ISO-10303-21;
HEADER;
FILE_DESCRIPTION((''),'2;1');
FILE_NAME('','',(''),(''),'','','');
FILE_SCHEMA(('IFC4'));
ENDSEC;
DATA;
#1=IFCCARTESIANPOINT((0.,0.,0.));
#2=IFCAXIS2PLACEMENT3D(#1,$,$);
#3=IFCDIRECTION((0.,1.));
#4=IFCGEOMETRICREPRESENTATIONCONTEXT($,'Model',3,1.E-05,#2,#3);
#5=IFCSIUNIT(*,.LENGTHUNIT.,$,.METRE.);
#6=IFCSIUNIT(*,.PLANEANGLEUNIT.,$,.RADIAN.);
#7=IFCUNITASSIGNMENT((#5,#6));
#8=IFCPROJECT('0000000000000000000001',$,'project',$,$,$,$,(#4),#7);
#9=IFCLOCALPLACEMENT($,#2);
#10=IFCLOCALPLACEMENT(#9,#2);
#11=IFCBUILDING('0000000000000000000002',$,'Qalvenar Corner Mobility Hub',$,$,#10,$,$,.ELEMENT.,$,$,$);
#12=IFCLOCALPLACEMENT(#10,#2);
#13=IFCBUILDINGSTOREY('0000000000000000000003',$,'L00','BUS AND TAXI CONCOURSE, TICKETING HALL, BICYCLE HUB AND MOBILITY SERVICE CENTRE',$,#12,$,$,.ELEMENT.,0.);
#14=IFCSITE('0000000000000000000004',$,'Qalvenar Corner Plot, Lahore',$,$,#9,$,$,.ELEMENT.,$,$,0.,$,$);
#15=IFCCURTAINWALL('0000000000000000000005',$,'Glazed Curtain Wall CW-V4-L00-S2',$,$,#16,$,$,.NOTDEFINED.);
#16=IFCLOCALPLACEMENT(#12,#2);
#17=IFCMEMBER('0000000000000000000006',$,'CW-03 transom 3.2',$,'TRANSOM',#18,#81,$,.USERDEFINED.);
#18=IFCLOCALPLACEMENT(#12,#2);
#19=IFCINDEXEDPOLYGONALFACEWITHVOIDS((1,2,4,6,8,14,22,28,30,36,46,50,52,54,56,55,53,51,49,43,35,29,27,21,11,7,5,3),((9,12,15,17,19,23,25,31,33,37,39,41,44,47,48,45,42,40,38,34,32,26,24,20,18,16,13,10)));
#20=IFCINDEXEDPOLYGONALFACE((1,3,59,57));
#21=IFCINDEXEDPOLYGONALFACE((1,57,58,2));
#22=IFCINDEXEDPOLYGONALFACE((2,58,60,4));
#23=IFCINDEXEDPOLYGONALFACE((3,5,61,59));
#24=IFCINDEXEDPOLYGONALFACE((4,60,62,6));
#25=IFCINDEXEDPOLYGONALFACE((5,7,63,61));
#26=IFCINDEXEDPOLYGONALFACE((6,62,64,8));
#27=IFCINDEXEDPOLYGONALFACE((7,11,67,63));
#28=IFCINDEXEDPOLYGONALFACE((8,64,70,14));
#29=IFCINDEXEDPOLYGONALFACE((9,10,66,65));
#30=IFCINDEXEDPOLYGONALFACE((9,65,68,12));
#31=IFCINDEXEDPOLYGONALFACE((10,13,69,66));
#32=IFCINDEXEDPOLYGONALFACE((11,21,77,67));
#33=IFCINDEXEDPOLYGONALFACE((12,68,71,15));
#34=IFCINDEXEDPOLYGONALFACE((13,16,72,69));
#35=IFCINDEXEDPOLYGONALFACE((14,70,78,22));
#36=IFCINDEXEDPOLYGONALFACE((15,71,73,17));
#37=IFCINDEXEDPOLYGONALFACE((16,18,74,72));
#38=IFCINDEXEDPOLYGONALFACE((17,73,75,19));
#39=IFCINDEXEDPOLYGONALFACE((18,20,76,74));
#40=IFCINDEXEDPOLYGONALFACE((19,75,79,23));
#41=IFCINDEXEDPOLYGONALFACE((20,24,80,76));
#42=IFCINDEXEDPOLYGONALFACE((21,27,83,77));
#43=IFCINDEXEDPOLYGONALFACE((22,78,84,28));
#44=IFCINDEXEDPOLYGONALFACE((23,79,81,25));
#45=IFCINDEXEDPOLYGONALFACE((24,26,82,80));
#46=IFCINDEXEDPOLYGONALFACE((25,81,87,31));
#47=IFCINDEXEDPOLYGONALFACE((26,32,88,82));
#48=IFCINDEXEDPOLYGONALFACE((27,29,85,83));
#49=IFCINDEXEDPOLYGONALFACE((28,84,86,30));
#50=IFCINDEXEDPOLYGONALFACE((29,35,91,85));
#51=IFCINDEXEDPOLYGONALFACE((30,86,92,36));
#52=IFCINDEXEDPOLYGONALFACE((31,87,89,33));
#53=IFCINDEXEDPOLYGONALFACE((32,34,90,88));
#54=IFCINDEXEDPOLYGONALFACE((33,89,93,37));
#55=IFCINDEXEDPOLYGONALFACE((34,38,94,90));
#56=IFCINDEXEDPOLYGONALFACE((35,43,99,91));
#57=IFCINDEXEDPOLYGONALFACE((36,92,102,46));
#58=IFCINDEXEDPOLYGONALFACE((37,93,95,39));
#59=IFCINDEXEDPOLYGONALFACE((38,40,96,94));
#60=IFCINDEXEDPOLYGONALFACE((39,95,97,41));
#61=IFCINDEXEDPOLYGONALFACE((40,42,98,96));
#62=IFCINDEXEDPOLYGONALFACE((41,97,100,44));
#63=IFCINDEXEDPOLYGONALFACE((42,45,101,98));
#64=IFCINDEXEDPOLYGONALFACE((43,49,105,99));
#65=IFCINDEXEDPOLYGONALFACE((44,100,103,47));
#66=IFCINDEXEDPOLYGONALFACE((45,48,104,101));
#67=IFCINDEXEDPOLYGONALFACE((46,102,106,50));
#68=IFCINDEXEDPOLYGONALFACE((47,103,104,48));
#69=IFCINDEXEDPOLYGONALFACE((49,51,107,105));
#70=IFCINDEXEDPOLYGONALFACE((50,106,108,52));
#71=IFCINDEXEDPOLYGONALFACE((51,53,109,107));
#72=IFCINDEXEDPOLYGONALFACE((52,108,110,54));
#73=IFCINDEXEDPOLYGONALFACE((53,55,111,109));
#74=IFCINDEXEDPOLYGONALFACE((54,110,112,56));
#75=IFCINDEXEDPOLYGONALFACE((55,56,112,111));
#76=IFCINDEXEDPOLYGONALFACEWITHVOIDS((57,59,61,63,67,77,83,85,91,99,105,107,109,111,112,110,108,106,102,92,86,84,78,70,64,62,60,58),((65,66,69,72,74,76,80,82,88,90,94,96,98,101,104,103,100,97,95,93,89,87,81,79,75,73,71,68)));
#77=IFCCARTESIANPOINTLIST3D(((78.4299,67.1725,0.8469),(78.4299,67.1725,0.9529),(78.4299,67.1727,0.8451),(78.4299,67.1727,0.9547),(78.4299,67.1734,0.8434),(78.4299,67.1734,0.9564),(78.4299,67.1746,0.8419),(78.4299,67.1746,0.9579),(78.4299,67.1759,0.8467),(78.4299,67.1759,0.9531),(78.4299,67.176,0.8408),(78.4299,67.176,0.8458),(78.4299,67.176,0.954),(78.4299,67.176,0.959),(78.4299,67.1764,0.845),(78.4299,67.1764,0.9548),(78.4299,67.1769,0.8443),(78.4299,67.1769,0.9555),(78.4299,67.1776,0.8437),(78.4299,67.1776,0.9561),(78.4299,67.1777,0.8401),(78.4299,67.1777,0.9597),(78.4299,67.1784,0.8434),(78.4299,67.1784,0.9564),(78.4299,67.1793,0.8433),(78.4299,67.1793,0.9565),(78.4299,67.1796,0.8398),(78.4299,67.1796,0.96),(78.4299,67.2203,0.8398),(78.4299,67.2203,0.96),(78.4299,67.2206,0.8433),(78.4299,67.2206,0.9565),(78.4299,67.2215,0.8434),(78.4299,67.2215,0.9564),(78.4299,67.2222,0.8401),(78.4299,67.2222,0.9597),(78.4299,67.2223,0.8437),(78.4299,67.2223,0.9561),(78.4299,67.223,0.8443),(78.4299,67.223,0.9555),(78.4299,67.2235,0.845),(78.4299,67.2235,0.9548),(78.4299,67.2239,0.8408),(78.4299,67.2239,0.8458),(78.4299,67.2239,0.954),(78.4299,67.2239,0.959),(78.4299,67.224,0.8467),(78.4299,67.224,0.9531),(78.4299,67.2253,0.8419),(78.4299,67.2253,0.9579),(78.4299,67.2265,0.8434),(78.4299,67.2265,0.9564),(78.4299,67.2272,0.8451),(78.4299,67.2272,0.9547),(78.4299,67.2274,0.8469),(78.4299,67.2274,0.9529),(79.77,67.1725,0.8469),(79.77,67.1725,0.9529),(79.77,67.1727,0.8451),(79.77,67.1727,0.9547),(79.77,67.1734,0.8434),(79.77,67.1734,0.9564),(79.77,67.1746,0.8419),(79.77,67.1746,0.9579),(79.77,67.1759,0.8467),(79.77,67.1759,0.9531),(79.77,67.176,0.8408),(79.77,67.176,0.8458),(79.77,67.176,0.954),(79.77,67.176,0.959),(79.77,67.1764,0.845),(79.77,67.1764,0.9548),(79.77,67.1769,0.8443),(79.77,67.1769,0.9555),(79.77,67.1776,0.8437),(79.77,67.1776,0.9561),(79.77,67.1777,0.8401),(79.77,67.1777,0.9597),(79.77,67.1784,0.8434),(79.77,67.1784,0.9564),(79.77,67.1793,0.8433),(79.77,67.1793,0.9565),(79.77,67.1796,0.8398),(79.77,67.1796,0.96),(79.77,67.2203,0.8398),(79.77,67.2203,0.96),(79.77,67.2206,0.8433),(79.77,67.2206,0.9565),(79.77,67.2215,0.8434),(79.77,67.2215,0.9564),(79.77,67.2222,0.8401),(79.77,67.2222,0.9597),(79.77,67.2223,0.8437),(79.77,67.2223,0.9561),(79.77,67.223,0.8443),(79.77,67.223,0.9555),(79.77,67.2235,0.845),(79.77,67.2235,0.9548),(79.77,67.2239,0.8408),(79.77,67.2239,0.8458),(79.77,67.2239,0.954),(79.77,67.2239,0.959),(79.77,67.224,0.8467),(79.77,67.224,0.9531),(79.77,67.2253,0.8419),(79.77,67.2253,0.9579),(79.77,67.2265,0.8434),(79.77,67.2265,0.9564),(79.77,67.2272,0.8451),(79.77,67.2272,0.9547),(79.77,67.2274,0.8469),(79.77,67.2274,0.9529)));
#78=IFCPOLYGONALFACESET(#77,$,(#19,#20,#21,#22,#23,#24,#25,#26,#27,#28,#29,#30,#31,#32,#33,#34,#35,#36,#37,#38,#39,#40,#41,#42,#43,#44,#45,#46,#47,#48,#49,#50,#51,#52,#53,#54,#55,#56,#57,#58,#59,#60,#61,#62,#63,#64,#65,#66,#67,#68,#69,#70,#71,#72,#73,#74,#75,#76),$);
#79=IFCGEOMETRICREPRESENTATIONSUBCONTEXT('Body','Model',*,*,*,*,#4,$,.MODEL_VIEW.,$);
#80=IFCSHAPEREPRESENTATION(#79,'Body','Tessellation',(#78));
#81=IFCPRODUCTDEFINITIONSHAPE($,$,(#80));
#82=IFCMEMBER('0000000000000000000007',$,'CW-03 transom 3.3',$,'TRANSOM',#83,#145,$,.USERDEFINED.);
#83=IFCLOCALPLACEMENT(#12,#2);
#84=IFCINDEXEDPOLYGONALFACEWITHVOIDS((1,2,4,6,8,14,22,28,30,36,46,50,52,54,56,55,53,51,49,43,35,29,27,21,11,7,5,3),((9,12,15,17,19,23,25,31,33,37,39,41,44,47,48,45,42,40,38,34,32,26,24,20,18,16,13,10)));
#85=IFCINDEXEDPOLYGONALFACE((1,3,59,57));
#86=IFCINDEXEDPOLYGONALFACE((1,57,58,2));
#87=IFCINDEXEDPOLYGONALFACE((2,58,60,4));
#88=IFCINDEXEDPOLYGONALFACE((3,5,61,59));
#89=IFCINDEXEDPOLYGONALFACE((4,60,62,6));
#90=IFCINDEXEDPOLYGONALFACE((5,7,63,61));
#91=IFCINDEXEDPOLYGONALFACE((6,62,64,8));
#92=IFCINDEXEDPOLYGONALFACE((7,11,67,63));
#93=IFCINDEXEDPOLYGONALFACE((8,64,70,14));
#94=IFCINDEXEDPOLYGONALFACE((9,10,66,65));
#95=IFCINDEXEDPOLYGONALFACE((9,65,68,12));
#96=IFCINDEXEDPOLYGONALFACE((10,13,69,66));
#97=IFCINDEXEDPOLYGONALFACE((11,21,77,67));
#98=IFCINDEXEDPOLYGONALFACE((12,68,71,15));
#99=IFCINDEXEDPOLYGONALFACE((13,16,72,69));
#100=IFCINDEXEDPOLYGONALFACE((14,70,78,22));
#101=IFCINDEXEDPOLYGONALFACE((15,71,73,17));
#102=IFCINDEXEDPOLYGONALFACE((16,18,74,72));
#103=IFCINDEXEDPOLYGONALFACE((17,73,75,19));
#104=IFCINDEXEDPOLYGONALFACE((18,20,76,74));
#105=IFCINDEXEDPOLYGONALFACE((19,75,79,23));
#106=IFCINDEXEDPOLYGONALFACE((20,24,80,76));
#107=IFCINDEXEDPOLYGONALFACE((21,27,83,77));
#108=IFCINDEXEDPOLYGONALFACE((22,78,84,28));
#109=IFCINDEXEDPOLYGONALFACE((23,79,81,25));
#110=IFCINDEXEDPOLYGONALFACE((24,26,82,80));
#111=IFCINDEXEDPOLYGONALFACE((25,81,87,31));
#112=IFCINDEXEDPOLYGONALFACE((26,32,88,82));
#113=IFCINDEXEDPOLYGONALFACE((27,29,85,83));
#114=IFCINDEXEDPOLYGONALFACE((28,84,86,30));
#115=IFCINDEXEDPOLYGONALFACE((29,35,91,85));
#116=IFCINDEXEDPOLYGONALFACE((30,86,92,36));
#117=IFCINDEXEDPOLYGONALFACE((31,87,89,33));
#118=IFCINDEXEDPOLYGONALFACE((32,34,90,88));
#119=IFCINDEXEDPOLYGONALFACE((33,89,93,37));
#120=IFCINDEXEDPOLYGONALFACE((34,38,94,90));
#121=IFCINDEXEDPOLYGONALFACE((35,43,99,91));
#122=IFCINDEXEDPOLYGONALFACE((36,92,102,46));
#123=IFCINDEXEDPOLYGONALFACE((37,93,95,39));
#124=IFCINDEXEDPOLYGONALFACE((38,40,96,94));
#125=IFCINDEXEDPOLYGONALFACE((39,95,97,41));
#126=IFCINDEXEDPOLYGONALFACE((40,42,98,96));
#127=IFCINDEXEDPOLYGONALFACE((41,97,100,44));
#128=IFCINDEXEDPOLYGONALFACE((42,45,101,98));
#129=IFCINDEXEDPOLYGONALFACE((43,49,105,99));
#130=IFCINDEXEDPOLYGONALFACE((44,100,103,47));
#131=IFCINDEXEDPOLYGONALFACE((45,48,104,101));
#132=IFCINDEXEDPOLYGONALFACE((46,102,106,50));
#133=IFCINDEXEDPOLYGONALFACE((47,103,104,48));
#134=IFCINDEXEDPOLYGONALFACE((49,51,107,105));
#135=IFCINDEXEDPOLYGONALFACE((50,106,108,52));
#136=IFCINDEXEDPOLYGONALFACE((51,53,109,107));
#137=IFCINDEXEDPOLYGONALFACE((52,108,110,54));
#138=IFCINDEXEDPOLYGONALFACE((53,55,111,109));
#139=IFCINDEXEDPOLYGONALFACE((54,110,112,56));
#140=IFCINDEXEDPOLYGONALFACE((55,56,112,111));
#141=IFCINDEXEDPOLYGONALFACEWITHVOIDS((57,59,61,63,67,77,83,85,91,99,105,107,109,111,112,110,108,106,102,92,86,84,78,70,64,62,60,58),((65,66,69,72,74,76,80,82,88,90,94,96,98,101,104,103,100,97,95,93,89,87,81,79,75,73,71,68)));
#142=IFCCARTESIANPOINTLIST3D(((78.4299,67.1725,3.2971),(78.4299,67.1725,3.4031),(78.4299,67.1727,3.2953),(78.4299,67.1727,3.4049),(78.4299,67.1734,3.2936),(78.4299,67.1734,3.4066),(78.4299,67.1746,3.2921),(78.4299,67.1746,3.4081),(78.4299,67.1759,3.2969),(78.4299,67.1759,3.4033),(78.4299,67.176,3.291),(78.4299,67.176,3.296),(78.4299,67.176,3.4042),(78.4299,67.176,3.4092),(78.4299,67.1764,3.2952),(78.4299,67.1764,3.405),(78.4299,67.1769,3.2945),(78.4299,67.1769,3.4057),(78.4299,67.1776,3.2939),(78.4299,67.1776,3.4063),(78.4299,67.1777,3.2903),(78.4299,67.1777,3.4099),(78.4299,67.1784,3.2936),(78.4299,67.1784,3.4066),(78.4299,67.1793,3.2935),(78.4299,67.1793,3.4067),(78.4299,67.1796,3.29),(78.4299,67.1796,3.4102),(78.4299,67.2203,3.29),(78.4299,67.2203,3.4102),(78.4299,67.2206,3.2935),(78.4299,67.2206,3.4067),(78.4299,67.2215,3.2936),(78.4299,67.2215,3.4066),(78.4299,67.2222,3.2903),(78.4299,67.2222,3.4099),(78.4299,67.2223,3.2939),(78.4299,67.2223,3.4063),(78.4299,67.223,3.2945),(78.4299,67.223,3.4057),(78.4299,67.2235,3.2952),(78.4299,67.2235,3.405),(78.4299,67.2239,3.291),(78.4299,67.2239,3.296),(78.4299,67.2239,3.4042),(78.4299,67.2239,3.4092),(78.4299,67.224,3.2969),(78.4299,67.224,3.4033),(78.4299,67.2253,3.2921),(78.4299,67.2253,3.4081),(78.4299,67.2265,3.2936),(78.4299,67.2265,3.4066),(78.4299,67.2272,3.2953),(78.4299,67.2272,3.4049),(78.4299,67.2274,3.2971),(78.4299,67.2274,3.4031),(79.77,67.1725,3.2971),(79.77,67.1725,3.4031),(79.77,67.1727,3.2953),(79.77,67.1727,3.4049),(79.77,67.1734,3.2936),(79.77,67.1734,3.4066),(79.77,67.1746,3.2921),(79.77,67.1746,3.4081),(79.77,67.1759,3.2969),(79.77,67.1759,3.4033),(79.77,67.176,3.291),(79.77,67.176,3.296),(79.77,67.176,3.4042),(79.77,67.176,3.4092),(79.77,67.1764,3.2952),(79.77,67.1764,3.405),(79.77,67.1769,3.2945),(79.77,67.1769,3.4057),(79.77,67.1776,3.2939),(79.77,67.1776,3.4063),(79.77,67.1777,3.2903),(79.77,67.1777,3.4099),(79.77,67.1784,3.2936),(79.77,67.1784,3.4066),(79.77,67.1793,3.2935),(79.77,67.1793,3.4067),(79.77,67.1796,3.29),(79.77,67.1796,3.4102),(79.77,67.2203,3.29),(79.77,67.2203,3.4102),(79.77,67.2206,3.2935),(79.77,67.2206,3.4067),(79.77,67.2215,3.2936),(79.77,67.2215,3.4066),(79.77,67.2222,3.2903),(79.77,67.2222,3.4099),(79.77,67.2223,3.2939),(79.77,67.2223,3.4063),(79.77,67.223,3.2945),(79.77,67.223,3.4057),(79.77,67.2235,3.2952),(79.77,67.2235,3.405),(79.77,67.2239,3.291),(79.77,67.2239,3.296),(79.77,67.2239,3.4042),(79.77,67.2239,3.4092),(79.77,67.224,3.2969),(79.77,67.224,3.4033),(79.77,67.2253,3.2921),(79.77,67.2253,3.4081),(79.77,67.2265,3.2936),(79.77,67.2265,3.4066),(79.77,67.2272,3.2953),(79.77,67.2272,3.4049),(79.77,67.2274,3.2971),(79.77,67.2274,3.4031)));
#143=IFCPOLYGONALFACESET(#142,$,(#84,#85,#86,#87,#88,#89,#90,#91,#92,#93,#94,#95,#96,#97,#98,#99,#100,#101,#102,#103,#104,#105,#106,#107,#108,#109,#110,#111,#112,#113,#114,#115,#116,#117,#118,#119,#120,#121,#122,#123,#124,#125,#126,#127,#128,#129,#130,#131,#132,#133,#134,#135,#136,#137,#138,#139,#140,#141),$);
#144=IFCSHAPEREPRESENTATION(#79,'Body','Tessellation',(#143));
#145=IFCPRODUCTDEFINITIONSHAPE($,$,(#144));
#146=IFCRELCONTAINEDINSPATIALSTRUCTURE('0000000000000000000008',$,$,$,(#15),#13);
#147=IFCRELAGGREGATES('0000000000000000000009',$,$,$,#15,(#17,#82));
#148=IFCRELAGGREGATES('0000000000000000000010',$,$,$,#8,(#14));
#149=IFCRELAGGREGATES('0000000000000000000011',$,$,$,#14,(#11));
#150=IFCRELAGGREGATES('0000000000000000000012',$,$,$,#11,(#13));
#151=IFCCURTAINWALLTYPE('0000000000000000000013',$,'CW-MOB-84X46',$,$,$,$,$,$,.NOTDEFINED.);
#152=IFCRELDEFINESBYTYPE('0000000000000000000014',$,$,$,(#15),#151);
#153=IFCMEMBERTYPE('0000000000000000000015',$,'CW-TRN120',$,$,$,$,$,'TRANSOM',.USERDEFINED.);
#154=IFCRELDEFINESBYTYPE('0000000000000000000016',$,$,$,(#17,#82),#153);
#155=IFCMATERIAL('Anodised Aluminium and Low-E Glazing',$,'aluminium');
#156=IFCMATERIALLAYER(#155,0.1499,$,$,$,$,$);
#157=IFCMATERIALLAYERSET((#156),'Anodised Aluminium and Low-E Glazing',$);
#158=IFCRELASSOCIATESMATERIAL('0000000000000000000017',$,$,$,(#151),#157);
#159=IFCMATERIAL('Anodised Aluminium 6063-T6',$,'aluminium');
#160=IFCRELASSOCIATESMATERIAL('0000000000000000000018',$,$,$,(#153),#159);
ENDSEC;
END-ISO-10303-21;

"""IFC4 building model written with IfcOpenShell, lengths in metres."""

from ifc_helpers import new_model, si_unit, direction, frame, origin, origin_2d, place, context, subcontext, project, spatial, hollow_rectangle, extrude, material, layer, layer_set, material_profile, profile_set, type_object, element, aggregate, save


model = new_model("IFC4")

# Units and contexts
model_context = context("Model", 3, precision=1e-05, world=origin(), true_north=direction((0.0, 1.0)))
body_context = subcontext(model_context, "Body", "Model", "MODEL_VIEW")
ifc_project = project(units=[si_unit("LENGTHUNIT", "METRE"), si_unit("PLANEANGLEUNIT", "RADIAN")], contexts=[model_context])

# Site, building, storey
site_placement = place(None, origin())
site = spatial("IfcSite", under=ifc_project, at=site_placement, Name="Qalvenar Corner Plot, Lahore", CompositionType="ELEMENT", RefElevation=0.0)
building_placement = place(site_placement, origin())
building = spatial("IfcBuilding", under=site, at=building_placement, Name="Qalvenar Corner Mobility Hub", CompositionType="ELEMENT")
storey_placement = place(building_placement, origin())
storey = spatial("IfcBuildingStorey", under=building, at=storey_placement, Name="L00", Description="BUS AND TAXI CONCOURSE, TICKETING HALL, BICYCLE HUB AND MOBILITY SERVICE CENTRE", CompositionType="ELEMENT", Elevation=0.0)

# Curtain wall, members
ifc_material_1 = material(Name="Anodised Aluminium and Low-E Glazing", Category="aluminium")
ifc_layer_1 = layer(ifc_material_1, 0.1499)
ifc_layer_set_1 = layer_set([ifc_layer_1], Name="Anodised Aluminium and Low-E Glazing")
curtain_wall_type = type_object("IfcCurtainWallType", Name="CW-MOB-84X46", PredefinedType="NOTDEFINED", material=ifc_layer_set_1)
curtain_wall_placement = place(storey_placement, origin())
curtain_wall = element("IfcCurtainWall", 1, at=curtain_wall_placement, inside=storey, type_object=curtain_wall_type, Name="Glazed Curtain Wall CW-V4-L00-S2", PredefinedType="NOTDEFINED")
ifc_material_2 = material(Name="Anodised Aluminium 6063-T6", Category="aluminium")
ifc_material_profile_1 = material_profile(ifc_material_2, hollow_rectangle(XDim=0.0549, YDim=0.1201, WallThickness=0.0034, InnerFilletRadius=0.0034, OuterFilletRadius=0.0071, at=origin_2d()), Name="RHS120x55x3.5")
ifc_profile_set_1 = profile_set([ifc_material_profile_1], Name="Anodised Aluminium 6063-T6")
member_type_1 = type_object("IfcMemberType", Name="CW-TRN120", ElementType="TRANSOM", PredefinedType="USERDEFINED", material=ifc_profile_set_1)
member_1_placement = place(storey_placement, frame((78.4299, 67.2, 0.8999), z_axis=(1.0, 0.0, 0.0), x_axis=(0.0, 1.0, 0.0)))
member_1 = element("IfcMember", 2, at=member_1_placement, type_object=member_type_1, Name="CW-03 transom 3.2", ObjectType="TRANSOM", PredefinedType="USERDEFINED", context=body_context, shape_type="SweptSolid", body=[
    extrude(hollow_rectangle(XDim=0.0549, YDim=0.1201, WallThickness=0.0034, InnerFilletRadius=0.0034, OuterFilletRadius=0.0071, at=origin_2d()), origin(), (0.0, 0.0, 1.0), 1.3401),
])
member_2_placement = place(storey_placement, frame((78.4299, 67.2, 3.3501), z_axis=(1.0, 0.0, 0.0), x_axis=(0.0, 1.0, 0.0)))
member_2 = element("IfcMember", 3, at=member_2_placement, type_object=member_type_1, Name="CW-03 transom 3.3", ObjectType="TRANSOM", PredefinedType="USERDEFINED", context=body_context, shape_type="SweptSolid", body=[
    extrude(hollow_rectangle(XDim=0.0549, YDim=0.1201, WallThickness=0.0034, InnerFilletRadius=0.0034, OuterFilletRadius=0.0071, at=origin_2d()), origin(), (0.0, 0.0, 1.0), 1.3401),
])
aggregate(curtain_wall, [member_1, member_2])

save(model, "model.ifc")
